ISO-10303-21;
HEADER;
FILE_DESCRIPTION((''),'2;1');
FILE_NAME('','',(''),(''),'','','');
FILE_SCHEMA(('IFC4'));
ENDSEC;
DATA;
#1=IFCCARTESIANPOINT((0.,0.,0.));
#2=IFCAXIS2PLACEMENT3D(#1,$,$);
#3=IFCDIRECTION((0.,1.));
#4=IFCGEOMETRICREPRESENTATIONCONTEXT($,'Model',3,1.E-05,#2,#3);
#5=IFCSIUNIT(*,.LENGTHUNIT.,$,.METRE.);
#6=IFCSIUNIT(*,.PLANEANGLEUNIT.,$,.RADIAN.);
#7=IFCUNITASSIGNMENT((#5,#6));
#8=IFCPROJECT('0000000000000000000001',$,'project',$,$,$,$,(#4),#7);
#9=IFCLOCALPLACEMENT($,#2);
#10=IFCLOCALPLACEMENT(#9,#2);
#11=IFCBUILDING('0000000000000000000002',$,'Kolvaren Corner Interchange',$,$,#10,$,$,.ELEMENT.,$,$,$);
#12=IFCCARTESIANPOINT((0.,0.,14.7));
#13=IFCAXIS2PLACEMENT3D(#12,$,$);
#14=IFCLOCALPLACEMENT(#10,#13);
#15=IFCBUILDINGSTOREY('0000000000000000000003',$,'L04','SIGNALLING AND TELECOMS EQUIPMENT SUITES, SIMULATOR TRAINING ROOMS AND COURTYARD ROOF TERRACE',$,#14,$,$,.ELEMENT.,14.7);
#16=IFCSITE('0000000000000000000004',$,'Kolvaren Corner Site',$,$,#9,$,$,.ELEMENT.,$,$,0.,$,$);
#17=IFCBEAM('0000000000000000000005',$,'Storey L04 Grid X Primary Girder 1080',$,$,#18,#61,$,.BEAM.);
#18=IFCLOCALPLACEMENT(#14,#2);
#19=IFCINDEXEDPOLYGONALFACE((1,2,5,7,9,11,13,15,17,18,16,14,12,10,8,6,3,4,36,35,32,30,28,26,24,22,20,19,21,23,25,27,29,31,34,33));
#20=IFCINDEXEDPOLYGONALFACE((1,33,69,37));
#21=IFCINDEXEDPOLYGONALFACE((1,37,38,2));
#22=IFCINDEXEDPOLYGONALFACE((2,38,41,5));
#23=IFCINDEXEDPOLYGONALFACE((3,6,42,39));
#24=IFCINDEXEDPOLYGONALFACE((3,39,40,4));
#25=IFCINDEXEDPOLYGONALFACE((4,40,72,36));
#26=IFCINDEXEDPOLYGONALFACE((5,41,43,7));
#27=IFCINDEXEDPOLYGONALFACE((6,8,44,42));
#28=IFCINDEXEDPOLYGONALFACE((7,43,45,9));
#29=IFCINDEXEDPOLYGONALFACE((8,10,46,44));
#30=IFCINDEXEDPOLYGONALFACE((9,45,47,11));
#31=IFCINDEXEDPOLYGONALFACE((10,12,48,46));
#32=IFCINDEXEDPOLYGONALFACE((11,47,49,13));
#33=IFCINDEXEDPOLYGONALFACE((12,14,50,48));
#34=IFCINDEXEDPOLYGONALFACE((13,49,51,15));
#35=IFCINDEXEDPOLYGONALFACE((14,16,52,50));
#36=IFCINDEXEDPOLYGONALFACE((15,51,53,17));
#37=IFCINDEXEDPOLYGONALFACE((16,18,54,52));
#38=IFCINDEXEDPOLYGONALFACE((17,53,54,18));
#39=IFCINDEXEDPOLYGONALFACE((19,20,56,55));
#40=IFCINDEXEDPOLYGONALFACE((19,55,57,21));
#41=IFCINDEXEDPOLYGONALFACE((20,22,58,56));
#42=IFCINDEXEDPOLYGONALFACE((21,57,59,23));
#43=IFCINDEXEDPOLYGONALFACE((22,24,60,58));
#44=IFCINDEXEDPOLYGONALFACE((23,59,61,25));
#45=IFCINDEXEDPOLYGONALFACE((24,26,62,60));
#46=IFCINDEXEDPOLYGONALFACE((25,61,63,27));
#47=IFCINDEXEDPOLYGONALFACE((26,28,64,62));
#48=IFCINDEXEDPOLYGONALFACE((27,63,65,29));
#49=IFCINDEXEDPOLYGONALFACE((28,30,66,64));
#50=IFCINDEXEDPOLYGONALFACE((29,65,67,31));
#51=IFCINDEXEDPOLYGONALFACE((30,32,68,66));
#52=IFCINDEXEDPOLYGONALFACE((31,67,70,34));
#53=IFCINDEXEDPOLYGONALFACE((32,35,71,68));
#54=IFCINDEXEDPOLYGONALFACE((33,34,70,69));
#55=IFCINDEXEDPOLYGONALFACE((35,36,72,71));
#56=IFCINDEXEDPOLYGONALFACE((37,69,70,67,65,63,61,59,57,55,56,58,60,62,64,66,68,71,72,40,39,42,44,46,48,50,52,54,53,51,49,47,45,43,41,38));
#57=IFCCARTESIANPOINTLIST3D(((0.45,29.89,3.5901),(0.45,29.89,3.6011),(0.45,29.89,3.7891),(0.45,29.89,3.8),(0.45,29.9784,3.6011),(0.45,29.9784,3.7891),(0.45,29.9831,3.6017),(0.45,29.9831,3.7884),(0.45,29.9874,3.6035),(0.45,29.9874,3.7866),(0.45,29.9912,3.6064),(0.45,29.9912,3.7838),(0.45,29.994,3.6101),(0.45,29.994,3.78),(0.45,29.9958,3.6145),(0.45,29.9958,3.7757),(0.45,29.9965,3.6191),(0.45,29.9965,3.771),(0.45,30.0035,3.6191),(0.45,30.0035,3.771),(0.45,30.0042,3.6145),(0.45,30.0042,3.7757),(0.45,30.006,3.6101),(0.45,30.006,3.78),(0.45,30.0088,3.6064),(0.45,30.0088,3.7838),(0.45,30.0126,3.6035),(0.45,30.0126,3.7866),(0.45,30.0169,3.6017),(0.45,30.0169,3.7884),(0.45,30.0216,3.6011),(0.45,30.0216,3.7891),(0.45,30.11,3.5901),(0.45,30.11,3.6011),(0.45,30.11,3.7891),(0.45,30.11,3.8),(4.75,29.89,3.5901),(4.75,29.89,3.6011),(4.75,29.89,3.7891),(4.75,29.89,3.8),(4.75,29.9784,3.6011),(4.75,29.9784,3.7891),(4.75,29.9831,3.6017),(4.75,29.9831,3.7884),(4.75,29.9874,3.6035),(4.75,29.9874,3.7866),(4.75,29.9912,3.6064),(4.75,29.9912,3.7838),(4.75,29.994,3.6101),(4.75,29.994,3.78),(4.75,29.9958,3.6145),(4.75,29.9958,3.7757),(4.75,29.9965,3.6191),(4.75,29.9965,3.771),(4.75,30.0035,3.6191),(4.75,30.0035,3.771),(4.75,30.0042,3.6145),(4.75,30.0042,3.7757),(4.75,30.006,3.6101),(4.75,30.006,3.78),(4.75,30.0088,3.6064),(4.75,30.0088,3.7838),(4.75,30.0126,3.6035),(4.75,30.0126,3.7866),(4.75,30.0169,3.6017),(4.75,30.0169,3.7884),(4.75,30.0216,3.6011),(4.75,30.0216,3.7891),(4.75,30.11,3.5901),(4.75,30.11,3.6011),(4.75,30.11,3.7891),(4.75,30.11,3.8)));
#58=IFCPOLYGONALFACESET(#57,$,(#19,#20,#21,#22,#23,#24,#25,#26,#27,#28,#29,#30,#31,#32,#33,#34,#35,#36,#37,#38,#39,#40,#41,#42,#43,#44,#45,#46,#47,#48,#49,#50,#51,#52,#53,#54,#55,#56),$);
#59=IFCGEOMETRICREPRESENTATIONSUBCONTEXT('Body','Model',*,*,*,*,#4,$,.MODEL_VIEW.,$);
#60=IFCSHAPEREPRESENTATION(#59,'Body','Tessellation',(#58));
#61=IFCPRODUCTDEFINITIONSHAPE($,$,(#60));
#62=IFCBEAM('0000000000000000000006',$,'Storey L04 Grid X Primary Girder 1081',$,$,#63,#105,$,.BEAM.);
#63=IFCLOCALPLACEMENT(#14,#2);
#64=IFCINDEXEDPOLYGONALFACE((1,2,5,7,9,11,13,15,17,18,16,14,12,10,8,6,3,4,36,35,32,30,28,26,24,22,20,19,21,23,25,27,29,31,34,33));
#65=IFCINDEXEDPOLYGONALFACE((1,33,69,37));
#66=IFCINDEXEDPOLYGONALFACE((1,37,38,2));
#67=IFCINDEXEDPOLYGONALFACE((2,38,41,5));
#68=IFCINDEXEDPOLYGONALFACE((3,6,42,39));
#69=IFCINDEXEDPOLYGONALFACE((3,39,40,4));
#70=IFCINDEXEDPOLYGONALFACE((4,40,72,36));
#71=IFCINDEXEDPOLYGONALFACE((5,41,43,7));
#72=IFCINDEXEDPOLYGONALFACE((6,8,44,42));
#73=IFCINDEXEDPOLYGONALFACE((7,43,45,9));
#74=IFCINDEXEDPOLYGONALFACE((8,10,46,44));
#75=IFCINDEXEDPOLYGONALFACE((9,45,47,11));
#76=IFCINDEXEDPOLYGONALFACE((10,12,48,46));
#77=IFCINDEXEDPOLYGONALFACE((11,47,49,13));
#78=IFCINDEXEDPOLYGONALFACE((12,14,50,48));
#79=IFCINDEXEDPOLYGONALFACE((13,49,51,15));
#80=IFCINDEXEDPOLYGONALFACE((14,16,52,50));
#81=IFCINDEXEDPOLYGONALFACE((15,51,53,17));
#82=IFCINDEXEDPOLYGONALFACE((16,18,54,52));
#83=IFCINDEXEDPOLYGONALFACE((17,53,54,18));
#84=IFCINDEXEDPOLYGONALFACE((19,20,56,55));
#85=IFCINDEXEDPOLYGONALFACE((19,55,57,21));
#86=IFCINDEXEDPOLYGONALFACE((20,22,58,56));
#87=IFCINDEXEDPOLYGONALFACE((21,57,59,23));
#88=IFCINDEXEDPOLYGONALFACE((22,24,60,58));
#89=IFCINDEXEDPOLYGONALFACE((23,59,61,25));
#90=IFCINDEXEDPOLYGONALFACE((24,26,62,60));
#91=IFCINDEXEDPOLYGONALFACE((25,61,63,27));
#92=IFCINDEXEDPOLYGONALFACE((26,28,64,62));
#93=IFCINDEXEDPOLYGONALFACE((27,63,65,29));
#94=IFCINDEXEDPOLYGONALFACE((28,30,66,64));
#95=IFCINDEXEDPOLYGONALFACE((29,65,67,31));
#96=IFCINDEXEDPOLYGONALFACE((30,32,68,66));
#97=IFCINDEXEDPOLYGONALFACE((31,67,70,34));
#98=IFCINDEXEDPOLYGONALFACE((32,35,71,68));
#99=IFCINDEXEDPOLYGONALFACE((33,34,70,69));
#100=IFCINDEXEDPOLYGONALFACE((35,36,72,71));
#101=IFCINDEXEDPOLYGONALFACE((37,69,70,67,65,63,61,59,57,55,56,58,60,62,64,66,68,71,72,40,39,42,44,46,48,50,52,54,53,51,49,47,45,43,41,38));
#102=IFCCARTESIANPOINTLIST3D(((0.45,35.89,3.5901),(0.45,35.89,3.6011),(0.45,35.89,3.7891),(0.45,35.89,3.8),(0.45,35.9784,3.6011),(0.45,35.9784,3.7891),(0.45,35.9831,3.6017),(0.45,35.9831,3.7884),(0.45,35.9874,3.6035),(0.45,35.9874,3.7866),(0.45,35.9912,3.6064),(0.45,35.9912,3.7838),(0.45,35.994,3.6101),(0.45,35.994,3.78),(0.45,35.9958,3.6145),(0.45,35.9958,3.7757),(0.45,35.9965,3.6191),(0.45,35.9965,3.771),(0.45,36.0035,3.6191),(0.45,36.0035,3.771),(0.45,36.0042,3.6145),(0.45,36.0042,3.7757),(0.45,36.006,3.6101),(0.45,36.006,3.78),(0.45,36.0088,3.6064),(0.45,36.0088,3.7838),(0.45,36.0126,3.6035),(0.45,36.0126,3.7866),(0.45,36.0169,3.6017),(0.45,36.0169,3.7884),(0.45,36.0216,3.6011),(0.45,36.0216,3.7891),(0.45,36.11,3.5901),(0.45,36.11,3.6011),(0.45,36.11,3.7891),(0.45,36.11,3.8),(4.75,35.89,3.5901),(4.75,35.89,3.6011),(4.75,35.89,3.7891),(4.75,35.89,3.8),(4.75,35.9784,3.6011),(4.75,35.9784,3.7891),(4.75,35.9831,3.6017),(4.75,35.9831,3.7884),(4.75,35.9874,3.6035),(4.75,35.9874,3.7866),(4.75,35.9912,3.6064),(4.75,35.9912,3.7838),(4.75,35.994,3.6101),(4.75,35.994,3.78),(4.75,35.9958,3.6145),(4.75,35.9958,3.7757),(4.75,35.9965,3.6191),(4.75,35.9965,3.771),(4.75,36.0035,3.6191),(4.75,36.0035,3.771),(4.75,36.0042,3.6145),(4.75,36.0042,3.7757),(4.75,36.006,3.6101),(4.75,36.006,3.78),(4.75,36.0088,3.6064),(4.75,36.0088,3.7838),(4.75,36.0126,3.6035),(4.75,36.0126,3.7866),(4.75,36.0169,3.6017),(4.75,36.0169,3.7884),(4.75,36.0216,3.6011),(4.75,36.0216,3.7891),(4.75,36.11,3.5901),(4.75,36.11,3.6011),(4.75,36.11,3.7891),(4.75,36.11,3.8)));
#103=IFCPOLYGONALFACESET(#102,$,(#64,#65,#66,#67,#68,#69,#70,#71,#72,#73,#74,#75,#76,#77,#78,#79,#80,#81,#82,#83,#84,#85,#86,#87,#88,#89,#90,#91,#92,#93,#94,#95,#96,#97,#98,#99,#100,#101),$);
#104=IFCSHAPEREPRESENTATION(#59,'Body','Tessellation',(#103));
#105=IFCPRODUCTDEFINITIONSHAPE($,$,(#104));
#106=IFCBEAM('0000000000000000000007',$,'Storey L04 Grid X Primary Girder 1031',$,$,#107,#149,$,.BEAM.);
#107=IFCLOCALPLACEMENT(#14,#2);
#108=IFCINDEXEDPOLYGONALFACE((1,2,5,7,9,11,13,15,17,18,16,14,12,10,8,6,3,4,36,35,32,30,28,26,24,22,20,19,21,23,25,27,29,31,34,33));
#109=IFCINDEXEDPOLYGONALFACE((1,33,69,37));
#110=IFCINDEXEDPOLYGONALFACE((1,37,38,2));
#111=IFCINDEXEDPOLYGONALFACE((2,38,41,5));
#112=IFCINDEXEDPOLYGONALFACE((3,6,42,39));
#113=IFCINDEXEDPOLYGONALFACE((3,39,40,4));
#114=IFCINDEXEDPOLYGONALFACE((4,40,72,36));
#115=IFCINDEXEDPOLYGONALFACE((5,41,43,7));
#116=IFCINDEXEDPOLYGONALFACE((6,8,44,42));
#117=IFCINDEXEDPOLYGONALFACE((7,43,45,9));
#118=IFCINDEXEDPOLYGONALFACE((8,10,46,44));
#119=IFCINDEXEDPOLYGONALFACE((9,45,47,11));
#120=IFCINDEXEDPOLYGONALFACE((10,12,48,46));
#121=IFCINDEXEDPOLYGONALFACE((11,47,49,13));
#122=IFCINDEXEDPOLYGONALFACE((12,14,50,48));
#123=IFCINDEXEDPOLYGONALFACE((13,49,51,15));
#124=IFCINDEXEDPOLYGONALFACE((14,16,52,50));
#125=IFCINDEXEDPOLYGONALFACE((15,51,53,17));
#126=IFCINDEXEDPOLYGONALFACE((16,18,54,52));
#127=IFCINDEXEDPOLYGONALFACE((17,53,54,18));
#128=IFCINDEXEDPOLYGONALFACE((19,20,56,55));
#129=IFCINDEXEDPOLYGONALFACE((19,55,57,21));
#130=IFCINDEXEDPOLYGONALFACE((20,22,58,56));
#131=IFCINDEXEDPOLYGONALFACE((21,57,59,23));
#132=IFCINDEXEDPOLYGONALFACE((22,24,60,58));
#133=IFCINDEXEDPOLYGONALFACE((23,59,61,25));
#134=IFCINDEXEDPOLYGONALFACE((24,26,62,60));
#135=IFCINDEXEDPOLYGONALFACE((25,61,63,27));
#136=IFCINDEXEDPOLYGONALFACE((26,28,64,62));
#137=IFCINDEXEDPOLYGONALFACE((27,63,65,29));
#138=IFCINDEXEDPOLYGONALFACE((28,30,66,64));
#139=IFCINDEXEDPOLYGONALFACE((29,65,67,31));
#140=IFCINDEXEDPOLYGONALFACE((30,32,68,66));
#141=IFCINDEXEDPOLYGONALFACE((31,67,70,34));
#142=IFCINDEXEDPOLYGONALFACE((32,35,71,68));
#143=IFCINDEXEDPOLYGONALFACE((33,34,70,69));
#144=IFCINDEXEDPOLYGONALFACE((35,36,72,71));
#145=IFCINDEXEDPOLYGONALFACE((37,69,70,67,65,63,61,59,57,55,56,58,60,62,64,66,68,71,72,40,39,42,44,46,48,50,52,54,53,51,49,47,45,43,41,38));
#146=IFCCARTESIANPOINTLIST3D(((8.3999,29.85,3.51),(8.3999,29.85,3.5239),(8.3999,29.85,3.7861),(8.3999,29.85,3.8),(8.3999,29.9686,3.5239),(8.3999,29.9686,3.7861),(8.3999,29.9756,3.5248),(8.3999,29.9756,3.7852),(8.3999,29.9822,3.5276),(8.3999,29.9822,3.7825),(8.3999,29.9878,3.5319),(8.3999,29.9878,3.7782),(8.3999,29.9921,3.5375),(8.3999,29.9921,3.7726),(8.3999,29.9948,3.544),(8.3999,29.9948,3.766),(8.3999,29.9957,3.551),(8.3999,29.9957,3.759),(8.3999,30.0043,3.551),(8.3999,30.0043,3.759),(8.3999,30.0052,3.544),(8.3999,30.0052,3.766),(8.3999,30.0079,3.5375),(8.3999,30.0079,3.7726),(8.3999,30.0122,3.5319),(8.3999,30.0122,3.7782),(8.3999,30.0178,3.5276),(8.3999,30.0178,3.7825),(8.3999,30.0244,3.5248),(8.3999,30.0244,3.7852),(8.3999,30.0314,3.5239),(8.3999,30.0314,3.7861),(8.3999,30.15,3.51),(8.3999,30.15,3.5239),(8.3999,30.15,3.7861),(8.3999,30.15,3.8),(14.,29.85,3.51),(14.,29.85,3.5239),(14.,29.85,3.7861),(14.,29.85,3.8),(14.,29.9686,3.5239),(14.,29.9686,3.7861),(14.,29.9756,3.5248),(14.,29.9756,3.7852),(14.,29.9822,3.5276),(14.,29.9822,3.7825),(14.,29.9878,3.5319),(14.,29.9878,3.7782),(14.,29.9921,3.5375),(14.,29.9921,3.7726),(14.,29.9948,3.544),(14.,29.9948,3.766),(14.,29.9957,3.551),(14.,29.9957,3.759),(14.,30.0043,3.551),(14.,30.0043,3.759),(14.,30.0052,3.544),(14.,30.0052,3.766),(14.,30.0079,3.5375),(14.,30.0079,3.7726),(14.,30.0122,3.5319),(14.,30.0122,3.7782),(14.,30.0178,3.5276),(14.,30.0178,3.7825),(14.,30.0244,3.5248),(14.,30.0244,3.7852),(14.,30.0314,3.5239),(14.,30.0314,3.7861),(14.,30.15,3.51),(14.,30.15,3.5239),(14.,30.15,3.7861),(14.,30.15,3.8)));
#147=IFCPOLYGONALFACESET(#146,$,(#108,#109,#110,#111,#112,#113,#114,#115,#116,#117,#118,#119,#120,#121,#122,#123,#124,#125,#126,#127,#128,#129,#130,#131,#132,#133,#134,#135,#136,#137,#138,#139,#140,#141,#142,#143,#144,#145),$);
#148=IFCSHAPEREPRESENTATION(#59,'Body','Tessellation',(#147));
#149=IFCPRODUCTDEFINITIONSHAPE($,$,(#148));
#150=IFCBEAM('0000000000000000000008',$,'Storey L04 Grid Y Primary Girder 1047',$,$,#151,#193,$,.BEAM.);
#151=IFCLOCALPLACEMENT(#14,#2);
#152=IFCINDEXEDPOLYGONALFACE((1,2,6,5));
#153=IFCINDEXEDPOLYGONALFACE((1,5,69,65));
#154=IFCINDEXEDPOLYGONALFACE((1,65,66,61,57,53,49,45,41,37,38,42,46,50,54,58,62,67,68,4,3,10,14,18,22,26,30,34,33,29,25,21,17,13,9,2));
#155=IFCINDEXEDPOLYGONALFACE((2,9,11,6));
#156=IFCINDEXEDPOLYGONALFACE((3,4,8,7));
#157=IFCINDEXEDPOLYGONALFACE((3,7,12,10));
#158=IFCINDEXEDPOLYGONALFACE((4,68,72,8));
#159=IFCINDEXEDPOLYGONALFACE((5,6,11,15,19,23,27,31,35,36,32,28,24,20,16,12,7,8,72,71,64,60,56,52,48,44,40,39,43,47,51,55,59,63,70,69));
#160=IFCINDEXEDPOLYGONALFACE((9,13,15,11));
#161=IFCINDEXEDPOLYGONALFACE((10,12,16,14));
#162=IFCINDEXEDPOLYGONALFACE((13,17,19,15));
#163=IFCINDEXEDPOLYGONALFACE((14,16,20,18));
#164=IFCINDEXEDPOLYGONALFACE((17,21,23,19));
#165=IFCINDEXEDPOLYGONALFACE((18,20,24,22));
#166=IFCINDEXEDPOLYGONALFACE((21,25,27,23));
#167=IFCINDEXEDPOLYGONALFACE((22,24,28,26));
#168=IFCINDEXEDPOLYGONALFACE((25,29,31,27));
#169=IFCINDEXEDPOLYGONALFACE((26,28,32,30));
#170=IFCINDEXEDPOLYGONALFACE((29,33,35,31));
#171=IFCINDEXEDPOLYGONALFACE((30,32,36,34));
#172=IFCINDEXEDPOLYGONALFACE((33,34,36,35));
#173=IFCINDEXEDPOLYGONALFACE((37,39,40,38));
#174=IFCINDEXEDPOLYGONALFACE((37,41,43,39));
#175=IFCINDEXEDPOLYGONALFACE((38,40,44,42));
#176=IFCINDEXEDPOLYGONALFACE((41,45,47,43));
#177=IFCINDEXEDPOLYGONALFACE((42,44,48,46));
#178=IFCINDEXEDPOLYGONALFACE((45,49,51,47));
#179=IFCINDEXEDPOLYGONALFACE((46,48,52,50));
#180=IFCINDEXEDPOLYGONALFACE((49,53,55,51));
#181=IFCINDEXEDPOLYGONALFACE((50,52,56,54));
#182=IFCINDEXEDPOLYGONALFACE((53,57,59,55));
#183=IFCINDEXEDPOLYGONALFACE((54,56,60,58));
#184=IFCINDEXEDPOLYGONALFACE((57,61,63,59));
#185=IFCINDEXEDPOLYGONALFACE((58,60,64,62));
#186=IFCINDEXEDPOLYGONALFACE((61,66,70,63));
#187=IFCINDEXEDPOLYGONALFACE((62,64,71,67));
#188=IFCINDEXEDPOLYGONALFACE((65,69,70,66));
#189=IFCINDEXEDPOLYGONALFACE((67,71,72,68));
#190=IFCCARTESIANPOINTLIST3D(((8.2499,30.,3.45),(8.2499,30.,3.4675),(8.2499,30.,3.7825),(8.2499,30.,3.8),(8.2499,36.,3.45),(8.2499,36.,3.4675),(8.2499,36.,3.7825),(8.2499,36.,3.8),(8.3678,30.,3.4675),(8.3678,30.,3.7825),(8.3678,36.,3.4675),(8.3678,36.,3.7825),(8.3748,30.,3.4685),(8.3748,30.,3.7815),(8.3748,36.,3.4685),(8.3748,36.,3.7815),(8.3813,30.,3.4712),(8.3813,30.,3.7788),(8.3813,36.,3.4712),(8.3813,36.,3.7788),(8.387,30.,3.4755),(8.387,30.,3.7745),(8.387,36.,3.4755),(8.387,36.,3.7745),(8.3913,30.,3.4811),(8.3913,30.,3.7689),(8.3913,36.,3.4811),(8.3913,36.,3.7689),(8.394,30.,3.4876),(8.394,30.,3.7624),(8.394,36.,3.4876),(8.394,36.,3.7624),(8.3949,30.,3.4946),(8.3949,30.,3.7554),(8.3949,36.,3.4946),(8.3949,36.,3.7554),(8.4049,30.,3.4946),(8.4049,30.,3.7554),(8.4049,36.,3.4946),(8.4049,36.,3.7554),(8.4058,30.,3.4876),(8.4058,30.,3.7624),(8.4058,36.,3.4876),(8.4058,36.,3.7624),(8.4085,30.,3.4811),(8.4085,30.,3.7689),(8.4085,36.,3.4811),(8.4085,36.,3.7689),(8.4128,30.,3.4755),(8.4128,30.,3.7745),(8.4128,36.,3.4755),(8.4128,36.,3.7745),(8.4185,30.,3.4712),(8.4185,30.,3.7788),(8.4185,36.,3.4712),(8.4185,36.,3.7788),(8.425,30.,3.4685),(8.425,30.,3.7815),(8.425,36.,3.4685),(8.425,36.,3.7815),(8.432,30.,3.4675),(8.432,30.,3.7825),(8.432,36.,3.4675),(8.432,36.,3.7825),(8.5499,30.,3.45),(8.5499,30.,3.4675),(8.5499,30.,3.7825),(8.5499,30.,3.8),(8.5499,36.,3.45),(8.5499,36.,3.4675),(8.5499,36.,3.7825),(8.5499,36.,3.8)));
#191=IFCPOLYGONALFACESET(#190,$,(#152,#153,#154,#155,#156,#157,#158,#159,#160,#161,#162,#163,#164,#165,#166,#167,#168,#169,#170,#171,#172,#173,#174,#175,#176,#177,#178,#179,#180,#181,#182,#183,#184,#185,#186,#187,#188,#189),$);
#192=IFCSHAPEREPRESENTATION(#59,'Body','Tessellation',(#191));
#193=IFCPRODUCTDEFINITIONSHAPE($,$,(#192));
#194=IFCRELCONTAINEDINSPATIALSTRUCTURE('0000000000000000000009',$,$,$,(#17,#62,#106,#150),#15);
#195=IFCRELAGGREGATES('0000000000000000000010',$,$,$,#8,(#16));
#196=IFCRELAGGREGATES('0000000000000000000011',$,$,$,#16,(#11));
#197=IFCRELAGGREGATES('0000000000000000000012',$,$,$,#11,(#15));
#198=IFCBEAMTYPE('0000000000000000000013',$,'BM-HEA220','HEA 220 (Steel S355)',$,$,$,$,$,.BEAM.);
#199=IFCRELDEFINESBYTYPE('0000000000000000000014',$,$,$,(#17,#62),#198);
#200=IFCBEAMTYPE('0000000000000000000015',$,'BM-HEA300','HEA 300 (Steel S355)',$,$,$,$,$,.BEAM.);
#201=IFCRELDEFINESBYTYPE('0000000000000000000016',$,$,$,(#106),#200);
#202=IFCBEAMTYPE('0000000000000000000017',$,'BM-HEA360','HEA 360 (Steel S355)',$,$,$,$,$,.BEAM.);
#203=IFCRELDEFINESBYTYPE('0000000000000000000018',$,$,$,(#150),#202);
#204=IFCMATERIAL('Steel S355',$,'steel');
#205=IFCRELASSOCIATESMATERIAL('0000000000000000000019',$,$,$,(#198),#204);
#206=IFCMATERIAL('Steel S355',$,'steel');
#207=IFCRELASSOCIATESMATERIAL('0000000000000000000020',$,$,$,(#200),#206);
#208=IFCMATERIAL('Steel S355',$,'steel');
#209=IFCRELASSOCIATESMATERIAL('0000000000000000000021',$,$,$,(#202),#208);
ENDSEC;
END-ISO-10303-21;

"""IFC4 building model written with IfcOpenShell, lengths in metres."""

from ifc_helpers import new_model, si_unit, direction, frame, origin, origin_2d, place, context, subcontext, project, spatial, i_section, extrude, material, material_profile, profile_set, type_object, element, save


model = new_model("IFC4")

# Units and contexts
model_context = context("Model", 3, precision=1e-05, world=origin(), true_north=direction((0.0, 1.0)))
body_context = subcontext(model_context, "Body", "Model", "MODEL_VIEW")
ifc_project = project(units=[si_unit("LENGTHUNIT", "METRE"), si_unit("PLANEANGLEUNIT", "RADIAN")], contexts=[model_context])

# Site, building, storey
site_placement = place(None, origin())
site = spatial("IfcSite", under=ifc_project, at=site_placement, Name="Kolvaren Corner Site", CompositionType="ELEMENT", RefElevation=0.0)
building_placement = place(site_placement, origin())
building = spatial("IfcBuilding", under=site, at=building_placement, Name="Kolvaren Corner Interchange", CompositionType="ELEMENT")
storey_placement = place(building_placement, frame((0.0, 0.0, 14.7)))
storey = spatial("IfcBuildingStorey", under=building, at=storey_placement, Name="L04", Description="SIGNALLING AND TELECOMS EQUIPMENT SUITES, SIMULATOR TRAINING ROOMS AND COURTYARD ROOF TERRACE", CompositionType="ELEMENT", Elevation=14.7)

# Beams
ifc_material_1 = material(Name="Steel S355", Category="steel")
ifc_material_profile_1 = material_profile(ifc_material_1, i_section(OverallWidth=0.22, OverallDepth=0.21, WebThickness=0.0071, FlangeThickness=0.011, FilletRadius=0.0181, at=origin_2d()), Name="HEA 220")
ifc_profile_set_1 = profile_set([ifc_material_profile_1], Name="Steel S355")
beam_type_1 = type_object("IfcBeamType", Name="BM-HEA220", Description="HEA 220 (Steel S355)", PredefinedType="BEAM", material=ifc_profile_set_1)
for number, where, z_axis, x_axis, name in (
    (1, (0.45, 30.0, 3.6951), (1.0, 0.0, 0.0), (0.0, 1.0, 0.0), "Storey L04 Grid X Primary Girder 1080"),
    (2, (0.45, 36.0, 3.6951), (1.0, 0.0, 0.0), (0.0, 1.0, 0.0), "Storey L04 Grid X Primary Girder 1081"),
):
    element("IfcBeam", number, at=place(storey_placement, frame(where, z_axis=z_axis, x_axis=x_axis)), inside=storey, type_object=beam_type_1, Name=name, PredefinedType="BEAM", context=body_context, shape_type="SweptSolid", body=[
        extrude(i_section(OverallWidth=0.22, OverallDepth=0.21, WebThickness=0.0071, FlangeThickness=0.011, FilletRadius=0.0181, at=origin_2d()), origin(), (0.0, 0.0, 1.0), 4.3),
    ])
ifc_material_2 = material(Name="Steel S355", Category="steel")
ifc_material_profile_2 = material_profile(ifc_material_2, i_section(OverallWidth=0.3, OverallDepth=0.29, WebThickness=0.0085, FlangeThickness=0.0139, FilletRadius=0.0271, at=origin_2d()), Name="HEA 300")
ifc_profile_set_2 = profile_set([ifc_material_profile_2], Name="Steel S355")
beam_type_2 = type_object("IfcBeamType", Name="BM-HEA300", Description="HEA 300 (Steel S355)", PredefinedType="BEAM", material=ifc_profile_set_2)
beam_placement = place(storey_placement, frame((8.3999, 30.0, 3.655), z_axis=(1.0, 0.0, 0.0), x_axis=(0.0, 1.0, 0.0)))
element("IfcBeam", 3, at=beam_placement, inside=storey, type_object=beam_type_2, Name="Storey L04 Grid X Primary Girder 1031", PredefinedType="BEAM", context=body_context, shape_type="SweptSolid", body=[
    extrude(i_section(OverallWidth=0.3, OverallDepth=0.29, WebThickness=0.0085, FlangeThickness=0.0139, FilletRadius=0.0271, at=origin_2d()), origin(), (0.0, 0.0, 1.0), 5.6001),
])
ifc_material_3 = material(Name="Steel S355", Category="steel")
ifc_material_profile_3 = material_profile(ifc_material_3, i_section(OverallWidth=0.3, OverallDepth=0.3501, WebThickness=0.01, FlangeThickness=0.0176, FilletRadius=0.0271, at=origin_2d()), Name="HEA 360")
ifc_profile_set_3 = profile_set([ifc_material_profile_3], Name="Steel S355")
beam_type_3 = type_object("IfcBeamType", Name="BM-HEA360", Description="HEA 360 (Steel S355)", PredefinedType="BEAM", material=ifc_profile_set_3)
for number, where, z_axis, x_axis, name in (
    (4, (8.3999, 30.0, 3.625), (0.0, 1.0, 0.0), (-1.0, 0.0, 0.0), "Storey L04 Grid Y Primary Girder 1047"),
):
    element("IfcBeam", number, at=place(storey_placement, frame(where, z_axis=z_axis, x_axis=x_axis)), inside=storey, type_object=beam_type_3, Name=name, PredefinedType="BEAM", context=body_context, shape_type="SweptSolid", body=[
        extrude(i_section(OverallWidth=0.3, OverallDepth=0.3501, WebThickness=0.01, FlangeThickness=0.0176, FilletRadius=0.0271, at=origin_2d()), origin(), (0.0, 0.0, 1.0), 6.0),
    ])

save(model, "model.ifc")
